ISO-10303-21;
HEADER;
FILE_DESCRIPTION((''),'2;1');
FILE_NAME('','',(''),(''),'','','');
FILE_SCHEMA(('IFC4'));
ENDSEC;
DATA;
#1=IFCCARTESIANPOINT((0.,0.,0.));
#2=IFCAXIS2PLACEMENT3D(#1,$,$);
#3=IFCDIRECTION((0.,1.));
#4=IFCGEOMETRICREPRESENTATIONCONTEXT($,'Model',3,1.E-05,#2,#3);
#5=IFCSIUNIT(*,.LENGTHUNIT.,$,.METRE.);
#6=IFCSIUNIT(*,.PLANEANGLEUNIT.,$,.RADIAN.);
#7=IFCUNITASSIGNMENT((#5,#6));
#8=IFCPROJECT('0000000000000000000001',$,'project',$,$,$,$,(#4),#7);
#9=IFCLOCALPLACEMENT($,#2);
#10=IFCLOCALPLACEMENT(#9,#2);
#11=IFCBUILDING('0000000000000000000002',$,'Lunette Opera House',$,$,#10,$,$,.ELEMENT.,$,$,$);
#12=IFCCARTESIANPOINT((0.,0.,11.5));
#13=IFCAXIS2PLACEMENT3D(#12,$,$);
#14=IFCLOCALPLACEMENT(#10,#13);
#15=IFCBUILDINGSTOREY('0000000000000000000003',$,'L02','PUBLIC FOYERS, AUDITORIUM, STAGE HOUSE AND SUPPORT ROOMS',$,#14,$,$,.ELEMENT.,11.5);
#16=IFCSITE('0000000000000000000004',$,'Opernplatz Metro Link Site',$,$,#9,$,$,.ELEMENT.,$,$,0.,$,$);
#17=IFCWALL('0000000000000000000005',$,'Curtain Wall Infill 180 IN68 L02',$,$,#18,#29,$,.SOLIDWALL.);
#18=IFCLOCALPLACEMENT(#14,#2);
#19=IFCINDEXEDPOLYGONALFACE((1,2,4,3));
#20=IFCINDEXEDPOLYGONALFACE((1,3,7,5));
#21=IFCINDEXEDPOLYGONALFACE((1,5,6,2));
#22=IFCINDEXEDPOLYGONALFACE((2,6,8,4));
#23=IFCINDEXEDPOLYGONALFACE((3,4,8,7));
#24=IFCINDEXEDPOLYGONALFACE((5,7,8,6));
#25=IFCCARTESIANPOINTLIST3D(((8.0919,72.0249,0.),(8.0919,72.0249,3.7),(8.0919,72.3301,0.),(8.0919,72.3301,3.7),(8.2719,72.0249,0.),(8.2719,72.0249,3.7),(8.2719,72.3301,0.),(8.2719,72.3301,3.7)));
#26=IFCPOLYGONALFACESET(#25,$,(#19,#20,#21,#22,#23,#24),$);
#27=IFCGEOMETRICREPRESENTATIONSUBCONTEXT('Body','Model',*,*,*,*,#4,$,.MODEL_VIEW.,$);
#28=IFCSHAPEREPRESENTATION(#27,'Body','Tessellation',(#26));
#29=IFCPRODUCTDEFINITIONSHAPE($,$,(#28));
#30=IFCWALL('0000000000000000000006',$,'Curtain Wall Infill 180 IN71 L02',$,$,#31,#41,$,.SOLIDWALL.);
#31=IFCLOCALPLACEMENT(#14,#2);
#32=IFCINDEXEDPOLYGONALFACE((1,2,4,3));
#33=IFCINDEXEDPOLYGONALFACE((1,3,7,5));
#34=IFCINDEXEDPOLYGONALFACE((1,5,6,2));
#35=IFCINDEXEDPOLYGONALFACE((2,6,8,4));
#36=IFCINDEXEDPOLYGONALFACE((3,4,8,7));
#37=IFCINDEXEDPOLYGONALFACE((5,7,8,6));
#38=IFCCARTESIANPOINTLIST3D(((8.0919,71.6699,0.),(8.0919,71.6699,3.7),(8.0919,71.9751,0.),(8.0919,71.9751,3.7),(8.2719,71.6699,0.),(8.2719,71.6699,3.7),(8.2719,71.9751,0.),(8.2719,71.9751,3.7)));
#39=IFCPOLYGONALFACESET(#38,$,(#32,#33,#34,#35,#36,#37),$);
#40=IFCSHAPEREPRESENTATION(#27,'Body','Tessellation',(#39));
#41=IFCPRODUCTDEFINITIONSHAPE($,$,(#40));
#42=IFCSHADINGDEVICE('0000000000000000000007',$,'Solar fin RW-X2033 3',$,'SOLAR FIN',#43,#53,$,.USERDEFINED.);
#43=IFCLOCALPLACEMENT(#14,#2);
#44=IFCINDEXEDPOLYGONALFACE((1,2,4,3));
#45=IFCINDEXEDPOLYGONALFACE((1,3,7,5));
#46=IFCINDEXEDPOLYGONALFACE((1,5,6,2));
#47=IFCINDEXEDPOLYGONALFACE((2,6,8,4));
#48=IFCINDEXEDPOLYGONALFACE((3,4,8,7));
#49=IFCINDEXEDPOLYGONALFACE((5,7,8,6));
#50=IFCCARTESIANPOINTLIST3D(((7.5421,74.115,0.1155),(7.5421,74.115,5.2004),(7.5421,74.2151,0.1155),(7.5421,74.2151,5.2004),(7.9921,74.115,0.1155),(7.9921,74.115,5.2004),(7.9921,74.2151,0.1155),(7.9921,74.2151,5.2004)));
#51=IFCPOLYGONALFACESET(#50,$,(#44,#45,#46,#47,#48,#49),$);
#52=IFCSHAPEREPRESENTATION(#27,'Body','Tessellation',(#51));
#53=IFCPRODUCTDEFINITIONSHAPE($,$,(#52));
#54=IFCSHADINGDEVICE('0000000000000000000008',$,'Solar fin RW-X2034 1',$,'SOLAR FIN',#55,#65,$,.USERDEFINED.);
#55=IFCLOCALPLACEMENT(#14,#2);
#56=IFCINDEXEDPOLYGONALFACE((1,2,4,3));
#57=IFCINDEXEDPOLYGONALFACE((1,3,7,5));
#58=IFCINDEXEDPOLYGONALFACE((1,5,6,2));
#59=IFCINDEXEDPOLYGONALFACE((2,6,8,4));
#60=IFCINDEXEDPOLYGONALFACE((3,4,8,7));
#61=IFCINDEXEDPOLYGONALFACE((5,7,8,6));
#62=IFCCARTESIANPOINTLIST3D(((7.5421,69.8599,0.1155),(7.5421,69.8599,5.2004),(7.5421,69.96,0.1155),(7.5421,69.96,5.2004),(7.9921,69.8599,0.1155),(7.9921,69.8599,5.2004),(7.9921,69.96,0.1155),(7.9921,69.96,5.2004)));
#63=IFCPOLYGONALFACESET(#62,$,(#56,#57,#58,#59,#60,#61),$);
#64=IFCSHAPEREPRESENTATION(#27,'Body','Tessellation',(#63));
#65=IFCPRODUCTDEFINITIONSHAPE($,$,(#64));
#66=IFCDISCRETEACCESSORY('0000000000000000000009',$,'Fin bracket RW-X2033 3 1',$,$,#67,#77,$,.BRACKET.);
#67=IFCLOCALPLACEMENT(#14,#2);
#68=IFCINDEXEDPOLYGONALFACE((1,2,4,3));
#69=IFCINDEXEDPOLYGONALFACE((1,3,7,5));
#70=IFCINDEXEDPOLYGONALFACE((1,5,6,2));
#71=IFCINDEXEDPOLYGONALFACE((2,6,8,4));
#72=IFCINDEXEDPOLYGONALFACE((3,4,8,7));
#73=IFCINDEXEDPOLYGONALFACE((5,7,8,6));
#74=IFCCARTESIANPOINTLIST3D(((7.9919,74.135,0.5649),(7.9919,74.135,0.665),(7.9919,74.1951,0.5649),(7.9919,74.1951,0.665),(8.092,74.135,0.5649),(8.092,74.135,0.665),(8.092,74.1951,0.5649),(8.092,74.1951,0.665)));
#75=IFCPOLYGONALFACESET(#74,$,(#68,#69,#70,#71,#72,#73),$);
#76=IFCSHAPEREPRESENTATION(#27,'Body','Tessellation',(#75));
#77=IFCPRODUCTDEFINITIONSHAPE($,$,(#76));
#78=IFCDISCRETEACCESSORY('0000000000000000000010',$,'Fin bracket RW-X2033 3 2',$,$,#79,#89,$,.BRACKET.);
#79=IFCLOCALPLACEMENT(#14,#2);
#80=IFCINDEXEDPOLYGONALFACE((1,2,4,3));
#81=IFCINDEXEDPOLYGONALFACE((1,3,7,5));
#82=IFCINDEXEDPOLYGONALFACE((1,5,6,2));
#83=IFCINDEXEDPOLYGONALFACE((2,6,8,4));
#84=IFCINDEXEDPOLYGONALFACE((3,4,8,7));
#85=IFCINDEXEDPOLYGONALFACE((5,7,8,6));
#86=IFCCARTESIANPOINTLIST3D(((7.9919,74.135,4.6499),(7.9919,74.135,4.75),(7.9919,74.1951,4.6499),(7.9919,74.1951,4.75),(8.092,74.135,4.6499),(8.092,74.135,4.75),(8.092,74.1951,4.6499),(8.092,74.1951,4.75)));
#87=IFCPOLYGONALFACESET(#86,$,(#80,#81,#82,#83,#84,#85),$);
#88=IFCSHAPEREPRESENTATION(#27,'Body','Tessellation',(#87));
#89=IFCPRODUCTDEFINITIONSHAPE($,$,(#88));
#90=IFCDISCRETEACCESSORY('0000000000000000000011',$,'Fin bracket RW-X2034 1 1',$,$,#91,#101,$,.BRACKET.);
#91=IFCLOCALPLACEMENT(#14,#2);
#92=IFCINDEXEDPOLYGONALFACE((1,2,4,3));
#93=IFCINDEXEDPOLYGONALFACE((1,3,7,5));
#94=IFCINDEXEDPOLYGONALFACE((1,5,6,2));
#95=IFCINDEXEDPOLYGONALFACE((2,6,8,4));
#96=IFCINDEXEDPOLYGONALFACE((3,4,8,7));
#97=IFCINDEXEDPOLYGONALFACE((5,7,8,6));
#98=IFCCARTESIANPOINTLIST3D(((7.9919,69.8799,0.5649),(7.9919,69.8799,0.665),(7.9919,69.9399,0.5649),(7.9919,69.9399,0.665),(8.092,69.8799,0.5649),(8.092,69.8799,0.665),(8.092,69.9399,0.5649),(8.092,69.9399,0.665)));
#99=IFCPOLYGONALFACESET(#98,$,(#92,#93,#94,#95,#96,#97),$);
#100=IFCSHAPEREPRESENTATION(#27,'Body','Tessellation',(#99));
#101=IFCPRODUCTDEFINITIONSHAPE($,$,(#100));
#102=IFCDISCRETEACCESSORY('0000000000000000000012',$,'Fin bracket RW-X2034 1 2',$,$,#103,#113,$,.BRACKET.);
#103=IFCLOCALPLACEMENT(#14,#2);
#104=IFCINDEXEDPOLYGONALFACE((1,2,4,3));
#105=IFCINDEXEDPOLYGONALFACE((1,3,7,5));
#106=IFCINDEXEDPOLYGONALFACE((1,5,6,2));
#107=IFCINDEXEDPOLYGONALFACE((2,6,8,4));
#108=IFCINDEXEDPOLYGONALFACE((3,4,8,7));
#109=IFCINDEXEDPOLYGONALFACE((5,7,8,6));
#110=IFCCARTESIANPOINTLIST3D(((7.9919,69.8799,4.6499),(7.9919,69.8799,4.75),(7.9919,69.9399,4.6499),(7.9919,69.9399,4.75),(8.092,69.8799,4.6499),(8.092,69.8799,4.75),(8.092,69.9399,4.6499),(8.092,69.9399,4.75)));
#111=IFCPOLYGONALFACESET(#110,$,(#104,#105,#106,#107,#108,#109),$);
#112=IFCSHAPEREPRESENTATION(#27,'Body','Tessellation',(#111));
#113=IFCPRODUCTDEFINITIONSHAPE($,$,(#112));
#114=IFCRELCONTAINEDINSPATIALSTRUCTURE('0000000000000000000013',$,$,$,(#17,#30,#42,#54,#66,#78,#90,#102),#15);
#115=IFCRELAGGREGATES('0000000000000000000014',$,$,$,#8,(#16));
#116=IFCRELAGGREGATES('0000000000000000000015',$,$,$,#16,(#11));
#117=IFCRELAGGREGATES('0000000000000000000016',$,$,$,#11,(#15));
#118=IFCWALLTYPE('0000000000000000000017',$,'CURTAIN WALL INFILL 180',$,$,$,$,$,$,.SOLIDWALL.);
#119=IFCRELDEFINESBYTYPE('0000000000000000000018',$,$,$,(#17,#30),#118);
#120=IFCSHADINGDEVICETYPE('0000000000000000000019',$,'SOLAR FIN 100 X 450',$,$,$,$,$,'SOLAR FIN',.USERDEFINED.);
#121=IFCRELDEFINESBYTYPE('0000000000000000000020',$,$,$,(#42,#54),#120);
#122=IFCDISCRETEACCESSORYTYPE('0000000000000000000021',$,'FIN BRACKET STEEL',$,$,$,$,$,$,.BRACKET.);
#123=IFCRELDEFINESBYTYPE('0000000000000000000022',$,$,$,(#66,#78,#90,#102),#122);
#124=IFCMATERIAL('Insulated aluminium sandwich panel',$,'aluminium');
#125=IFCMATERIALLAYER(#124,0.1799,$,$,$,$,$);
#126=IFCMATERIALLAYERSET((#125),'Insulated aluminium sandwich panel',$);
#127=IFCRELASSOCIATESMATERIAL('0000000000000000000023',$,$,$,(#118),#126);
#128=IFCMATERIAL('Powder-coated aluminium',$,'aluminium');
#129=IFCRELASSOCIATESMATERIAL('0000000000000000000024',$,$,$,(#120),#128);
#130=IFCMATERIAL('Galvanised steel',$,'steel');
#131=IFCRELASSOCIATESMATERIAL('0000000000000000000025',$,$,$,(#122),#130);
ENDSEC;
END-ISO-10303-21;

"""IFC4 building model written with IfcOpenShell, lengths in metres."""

from ifc_helpers import new_model, si_unit, direction, frame, frame_2d, origin, origin_2d, place, context, subcontext, project, spatial, rectangle, extrude, material, layer, layer_set, type_object, element, save


model = new_model("IFC4")

# Units and contexts
model_context = context("Model", 3, precision=1e-05, world=origin(), true_north=direction((0.0, 1.0)))
body_context = subcontext(model_context, "Body", "Model", "MODEL_VIEW")
ifc_project = project(units=[si_unit("LENGTHUNIT", "METRE"), si_unit("PLANEANGLEUNIT", "RADIAN")], contexts=[model_context])

# Site, building, storey
site_placement = place(None, origin())
site = spatial("IfcSite", under=ifc_project, at=site_placement, Name="Opernplatz Metro Link Site", CompositionType="ELEMENT", RefElevation=0.0)
building_placement = place(site_placement, origin())
building = spatial("IfcBuilding", under=site, at=building_placement, Name="Lunette Opera House", CompositionType="ELEMENT")
storey_placement = place(building_placement, frame((0.0, 0.0, 11.5)))
storey = spatial("IfcBuildingStorey", under=building, at=storey_placement, Name="L02", Description="PUBLIC FOYERS, AUDITORIUM, STAGE HOUSE AND SUPPORT ROOMS", CompositionType="ELEMENT", Elevation=11.5)

# Walls
ifc_material_1 = material(Name="Insulated aluminium sandwich panel", Category="aluminium")
ifc_layer_1 = layer(ifc_material_1, 0.1799)
ifc_layer_set_1 = layer_set([ifc_layer_1], Name="Insulated aluminium sandwich panel")
wall_type = type_object("IfcWallType", Name="CURTAIN WALL INFILL 180", PredefinedType="SOLIDWALL", material=ifc_layer_set_1)
for number, where, z_axis, x_axis, name in (
    (1, (8.1819, 72.3301, 0.0), (0.0, 0.0, 1.0), (0.0, -1.0, 0.0), "Curtain Wall Infill 180 IN68 L02"),
    (2, (8.1819, 71.6699, 0.0), (0.0, 0.0, 1.0), (0.0, 1.0, 0.0), "Curtain Wall Infill 180 IN71 L02"),
):
    element("IfcWall", number, at=place(storey_placement, frame(where, z_axis=z_axis, x_axis=x_axis)), inside=storey, type_object=wall_type, Name=name, PredefinedType="SOLIDWALL", context=body_context, shape_type="SweptSolid", body=[
        extrude(rectangle(XDim=0.3052, YDim=0.1799, at=frame_2d((0.1526, 0.0))), origin(), (0.0, 0.0, 1.0), 3.7),
    ])

# Shading devices
ifc_material_2 = material(Name="Powder-coated aluminium", Category="aluminium")
shading_device_type = type_object("IfcShadingDeviceType", Name="SOLAR FIN 100 X 450", ElementType="SOLAR FIN", PredefinedType="USERDEFINED", material=ifc_material_2)
for number, where, z_axis, x_axis, name in (
    (3, (7.7671, 74.165, 0.1155), (0.0, 0.0, 1.0), (-1.0, 0.0, 0.0), "Solar fin RW-X2033 3"),
    (4, (7.7671, 69.9099, 0.1155), (0.0, 0.0, 1.0), (-1.0, 0.0, 0.0), "Solar fin RW-X2034 1"),
):
    element("IfcShadingDevice", number, at=place(storey_placement, frame(where, z_axis=z_axis, x_axis=x_axis)), inside=storey, type_object=shading_device_type, Name=name, ObjectType="SOLAR FIN", PredefinedType="USERDEFINED", context=body_context, shape_type="SweptSolid", body=[
        extrude(rectangle(XDim=0.45, YDim=0.1001, at=origin_2d()), origin(), (0.0, 0.0, 1.0), 5.085),
    ])

# Discrete accessories
ifc_material_3 = material(Name="Galvanised steel", Category="steel")
discrete_accessory_type = type_object("IfcDiscreteAccessoryType", Name="FIN BRACKET STEEL", PredefinedType="BRACKET", material=ifc_material_3)
for number, where, z_axis, x_axis, name in (
    (5, (8.042, 74.165, 0.5649), (0.0, 0.0, 1.0), (-1.0, 0.0, 0.0), "Fin bracket RW-X2033 3 1"),
    (6, (8.042, 74.165, 4.6499), (0.0, 0.0, 1.0), (-1.0, 0.0, 0.0), "Fin bracket RW-X2033 3 2"),
    (7, (8.042, 69.9099, 0.5649), (0.0, 0.0, 1.0), (-1.0, 0.0, 0.0), "Fin bracket RW-X2034 1 1"),
    (8, (8.042, 69.9099, 4.6499), (0.0, 0.0, 1.0), (-1.0, 0.0, 0.0), "Fin bracket RW-X2034 1 2"),
):
    element("IfcDiscreteAccessory", number, at=place(storey_placement, frame(where, z_axis=z_axis, x_axis=x_axis)), inside=storey, type_object=discrete_accessory_type, Name=name, PredefinedType="BRACKET", context=body_context, shape_type="SweptSolid", body=[
        extrude(rectangle(XDim=0.1001, YDim=0.0601, at=origin_2d()), origin(), (0.0, 0.0, 1.0), 0.1001),
    ])

save(model, "model.ifc")
